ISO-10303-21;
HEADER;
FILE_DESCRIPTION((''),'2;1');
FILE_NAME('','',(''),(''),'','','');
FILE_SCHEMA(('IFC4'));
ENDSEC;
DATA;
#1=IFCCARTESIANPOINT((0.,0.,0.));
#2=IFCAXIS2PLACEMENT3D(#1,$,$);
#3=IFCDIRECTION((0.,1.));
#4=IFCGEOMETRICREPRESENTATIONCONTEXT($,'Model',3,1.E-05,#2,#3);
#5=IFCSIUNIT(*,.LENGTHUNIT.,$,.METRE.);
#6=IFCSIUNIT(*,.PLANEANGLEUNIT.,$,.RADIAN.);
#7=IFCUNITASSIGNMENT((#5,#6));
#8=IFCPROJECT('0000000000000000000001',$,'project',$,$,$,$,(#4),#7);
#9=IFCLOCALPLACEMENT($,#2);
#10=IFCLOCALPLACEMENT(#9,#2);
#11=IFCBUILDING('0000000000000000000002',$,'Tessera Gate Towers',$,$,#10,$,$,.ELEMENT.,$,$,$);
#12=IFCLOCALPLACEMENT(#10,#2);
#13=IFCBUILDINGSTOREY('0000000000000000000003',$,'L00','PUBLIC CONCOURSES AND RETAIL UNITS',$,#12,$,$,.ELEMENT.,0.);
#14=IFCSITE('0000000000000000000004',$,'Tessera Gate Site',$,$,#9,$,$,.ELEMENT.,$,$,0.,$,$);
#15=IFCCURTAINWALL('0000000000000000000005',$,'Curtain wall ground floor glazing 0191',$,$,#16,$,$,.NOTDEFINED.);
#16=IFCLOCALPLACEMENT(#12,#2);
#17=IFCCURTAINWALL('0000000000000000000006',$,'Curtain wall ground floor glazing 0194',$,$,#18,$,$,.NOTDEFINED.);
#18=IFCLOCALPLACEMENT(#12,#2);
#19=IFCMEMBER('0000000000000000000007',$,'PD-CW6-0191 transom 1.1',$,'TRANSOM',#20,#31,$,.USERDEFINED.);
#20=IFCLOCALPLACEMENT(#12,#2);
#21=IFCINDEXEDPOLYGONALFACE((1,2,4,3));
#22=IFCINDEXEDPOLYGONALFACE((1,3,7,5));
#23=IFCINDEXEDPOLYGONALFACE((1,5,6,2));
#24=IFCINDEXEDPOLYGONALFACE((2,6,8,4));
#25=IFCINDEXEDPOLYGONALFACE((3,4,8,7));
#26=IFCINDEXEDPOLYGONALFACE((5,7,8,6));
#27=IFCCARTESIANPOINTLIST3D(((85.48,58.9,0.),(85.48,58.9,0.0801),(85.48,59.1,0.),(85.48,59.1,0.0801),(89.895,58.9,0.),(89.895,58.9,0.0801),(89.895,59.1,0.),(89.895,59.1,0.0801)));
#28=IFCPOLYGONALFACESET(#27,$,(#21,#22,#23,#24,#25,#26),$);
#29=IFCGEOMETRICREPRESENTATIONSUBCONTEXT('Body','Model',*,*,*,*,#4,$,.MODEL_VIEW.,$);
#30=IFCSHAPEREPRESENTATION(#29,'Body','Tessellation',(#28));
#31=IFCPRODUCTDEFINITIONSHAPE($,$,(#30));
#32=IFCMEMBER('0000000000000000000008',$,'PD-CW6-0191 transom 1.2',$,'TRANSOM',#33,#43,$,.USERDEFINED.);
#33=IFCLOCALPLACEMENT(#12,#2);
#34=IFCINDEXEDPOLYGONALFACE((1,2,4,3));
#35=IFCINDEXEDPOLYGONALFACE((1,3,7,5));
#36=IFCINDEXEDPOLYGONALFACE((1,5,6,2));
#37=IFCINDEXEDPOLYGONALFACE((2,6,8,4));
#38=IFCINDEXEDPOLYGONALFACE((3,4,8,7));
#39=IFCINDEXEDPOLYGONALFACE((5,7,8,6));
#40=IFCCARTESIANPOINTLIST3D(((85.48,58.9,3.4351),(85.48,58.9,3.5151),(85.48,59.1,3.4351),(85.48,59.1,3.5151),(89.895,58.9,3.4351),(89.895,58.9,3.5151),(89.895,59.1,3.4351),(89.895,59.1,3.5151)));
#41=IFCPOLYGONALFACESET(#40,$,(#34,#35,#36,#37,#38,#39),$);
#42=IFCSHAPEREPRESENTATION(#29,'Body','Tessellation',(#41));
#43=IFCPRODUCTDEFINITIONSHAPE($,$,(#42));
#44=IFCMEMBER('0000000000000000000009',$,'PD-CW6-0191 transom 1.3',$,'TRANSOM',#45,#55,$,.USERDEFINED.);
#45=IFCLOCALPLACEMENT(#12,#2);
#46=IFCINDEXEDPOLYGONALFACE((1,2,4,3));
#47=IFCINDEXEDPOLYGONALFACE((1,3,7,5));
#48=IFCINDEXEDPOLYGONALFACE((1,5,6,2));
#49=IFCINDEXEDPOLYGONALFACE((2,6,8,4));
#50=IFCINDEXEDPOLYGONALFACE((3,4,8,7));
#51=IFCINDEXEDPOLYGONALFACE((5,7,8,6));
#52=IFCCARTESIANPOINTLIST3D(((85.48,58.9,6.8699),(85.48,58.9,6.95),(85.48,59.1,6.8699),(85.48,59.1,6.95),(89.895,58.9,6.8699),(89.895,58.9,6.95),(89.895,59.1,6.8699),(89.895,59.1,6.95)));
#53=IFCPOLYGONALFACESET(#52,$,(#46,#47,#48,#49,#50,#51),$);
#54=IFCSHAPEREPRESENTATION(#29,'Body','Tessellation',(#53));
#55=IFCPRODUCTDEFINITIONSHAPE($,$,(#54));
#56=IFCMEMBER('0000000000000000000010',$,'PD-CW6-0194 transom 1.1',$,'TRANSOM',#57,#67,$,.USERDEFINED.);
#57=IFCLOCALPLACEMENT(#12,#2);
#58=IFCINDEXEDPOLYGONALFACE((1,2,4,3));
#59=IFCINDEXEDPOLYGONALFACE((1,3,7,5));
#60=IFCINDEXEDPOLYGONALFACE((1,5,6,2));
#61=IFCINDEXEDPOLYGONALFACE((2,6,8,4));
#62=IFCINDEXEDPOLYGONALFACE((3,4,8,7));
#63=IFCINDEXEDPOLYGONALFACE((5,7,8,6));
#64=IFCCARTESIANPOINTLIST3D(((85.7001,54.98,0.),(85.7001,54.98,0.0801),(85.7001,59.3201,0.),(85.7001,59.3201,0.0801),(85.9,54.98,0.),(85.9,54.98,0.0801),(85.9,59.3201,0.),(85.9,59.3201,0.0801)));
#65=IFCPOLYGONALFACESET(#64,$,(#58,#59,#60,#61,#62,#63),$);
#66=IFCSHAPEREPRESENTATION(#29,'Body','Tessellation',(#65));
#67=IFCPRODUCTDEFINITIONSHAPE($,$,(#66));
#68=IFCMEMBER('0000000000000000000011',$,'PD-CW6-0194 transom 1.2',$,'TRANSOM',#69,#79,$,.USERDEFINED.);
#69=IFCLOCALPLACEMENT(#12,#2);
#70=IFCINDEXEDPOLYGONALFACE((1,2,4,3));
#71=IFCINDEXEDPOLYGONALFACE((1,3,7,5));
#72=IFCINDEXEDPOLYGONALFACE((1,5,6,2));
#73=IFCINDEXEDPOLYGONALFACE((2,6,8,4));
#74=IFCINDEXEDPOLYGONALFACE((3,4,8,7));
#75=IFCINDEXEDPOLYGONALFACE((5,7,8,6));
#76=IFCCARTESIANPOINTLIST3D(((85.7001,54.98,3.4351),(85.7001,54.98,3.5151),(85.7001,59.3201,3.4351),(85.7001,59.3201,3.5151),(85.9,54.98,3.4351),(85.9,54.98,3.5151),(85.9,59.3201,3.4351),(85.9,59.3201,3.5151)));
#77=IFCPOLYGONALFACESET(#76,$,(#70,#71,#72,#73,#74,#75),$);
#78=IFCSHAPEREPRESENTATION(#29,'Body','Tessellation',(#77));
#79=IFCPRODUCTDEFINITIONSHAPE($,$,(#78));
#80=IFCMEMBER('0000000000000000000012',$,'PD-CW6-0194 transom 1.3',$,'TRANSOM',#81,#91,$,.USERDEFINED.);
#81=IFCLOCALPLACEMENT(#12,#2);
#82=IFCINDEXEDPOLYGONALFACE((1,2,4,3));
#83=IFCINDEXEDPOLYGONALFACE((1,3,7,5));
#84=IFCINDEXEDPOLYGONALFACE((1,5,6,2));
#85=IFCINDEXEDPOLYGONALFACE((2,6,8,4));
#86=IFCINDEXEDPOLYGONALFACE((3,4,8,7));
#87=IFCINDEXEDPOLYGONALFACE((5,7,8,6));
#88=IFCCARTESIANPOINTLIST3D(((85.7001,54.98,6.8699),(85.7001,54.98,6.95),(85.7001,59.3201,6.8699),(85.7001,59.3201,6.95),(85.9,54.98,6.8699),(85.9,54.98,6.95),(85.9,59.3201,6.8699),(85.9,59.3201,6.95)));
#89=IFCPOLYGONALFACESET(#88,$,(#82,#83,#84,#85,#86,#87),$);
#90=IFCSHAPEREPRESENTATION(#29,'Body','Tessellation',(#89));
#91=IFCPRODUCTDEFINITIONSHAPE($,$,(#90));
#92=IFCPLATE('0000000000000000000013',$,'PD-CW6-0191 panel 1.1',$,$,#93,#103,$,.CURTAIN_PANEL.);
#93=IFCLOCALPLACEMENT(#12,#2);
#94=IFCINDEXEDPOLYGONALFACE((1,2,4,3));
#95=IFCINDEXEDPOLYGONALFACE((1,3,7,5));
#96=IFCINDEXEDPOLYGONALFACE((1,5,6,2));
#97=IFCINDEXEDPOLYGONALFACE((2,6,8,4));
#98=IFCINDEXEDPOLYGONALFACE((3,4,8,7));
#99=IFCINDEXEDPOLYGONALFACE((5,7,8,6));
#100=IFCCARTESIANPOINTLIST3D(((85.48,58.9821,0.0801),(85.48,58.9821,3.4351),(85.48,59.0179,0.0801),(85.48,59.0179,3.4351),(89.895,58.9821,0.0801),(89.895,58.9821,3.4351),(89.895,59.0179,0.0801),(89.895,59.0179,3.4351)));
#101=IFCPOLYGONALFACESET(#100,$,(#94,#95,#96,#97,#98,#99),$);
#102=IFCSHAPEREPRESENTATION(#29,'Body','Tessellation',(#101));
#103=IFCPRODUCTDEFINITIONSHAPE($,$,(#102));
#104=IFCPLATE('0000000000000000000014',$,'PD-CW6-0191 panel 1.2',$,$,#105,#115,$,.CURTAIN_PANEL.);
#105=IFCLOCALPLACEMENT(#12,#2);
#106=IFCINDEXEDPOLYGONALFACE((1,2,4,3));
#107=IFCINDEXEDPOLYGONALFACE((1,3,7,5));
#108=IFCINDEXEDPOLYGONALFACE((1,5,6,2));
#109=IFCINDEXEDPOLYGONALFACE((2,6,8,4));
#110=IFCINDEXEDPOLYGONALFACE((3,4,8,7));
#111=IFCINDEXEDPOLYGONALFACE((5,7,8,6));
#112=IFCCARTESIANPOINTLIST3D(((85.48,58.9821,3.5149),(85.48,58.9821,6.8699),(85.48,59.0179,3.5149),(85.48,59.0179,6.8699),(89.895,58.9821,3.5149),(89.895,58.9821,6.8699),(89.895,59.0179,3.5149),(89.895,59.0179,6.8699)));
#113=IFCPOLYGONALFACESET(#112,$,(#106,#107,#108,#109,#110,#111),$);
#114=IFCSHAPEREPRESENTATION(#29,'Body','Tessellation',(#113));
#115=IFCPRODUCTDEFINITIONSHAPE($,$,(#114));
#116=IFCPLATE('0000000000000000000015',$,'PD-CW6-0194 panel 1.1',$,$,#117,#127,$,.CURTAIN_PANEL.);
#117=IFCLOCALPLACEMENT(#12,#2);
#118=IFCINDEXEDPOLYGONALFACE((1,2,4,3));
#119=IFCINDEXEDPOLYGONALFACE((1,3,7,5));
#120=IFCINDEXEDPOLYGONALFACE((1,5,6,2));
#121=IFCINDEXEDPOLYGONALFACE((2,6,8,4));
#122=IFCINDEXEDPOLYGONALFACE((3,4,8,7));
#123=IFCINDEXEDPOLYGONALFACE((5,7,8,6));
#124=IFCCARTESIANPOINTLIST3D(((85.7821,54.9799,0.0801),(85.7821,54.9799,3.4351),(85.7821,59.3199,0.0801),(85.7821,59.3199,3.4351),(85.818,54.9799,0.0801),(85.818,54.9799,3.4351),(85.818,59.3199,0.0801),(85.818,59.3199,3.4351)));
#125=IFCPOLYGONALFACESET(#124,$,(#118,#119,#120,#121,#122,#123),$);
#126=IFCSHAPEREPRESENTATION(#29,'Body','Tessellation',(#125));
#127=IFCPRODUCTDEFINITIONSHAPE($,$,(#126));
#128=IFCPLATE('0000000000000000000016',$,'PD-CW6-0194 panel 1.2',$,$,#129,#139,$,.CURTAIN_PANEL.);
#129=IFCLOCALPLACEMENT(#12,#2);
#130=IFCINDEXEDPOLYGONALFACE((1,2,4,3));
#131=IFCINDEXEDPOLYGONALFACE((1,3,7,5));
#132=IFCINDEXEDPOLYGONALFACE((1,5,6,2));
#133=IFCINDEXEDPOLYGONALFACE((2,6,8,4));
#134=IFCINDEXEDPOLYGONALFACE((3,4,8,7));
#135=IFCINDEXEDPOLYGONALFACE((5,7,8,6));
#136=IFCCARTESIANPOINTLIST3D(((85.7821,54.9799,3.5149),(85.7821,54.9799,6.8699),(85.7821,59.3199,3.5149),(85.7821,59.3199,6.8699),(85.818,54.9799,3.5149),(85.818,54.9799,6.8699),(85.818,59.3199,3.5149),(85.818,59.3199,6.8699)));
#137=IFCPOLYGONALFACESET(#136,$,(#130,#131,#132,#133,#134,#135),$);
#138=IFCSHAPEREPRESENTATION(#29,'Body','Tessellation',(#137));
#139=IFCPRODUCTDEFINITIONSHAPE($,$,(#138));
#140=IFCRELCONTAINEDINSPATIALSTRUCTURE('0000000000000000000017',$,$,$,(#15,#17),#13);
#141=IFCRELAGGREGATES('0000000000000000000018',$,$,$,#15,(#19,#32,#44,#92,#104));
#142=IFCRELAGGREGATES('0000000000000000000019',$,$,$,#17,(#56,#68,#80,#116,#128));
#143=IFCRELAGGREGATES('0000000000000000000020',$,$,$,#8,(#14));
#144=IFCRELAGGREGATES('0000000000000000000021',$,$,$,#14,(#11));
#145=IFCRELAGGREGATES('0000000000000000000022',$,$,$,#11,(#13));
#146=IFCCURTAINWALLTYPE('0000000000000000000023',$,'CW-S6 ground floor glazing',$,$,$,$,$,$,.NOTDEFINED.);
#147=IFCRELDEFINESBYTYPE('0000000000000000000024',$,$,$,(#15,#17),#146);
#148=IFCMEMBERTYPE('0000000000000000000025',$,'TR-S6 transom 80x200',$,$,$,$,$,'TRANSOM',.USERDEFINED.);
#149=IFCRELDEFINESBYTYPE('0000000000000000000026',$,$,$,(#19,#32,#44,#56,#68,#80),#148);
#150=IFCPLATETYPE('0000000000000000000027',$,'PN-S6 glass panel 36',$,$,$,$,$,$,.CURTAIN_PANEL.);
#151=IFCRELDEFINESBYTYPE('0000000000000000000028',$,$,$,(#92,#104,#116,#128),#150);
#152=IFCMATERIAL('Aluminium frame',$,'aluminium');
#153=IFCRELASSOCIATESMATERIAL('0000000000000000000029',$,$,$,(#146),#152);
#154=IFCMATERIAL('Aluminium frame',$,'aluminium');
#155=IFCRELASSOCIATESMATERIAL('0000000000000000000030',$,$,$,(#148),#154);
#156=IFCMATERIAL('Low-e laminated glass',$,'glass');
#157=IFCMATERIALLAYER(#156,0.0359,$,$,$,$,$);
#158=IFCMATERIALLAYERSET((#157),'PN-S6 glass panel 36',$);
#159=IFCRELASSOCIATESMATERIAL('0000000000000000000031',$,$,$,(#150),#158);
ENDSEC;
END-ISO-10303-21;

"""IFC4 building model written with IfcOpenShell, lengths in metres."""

from ifc_helpers import new_model, si_unit, direction, frame, origin, origin_2d, place, context, subcontext, project, spatial, rectangle, extrude, material, layer, layer_set, material_profile, profile_set, type_object, element, aggregate, save


model = new_model("IFC4")

# Units and contexts
model_context = context("Model", 3, precision=1e-05, world=origin(), true_north=direction((0.0, 1.0)))
body_context = subcontext(model_context, "Body", "Model", "MODEL_VIEW")
ifc_project = project(units=[si_unit("LENGTHUNIT", "METRE"), si_unit("PLANEANGLEUNIT", "RADIAN")], contexts=[model_context])

# Site, building, storey
site_placement = place(None, origin())
site = spatial("IfcSite", under=ifc_project, at=site_placement, Name="Tessera Gate Site", CompositionType="ELEMENT", RefElevation=0.0)
building_placement = place(site_placement, origin())
building = spatial("IfcBuilding", under=site, at=building_placement, Name="Tessera Gate Towers", CompositionType="ELEMENT")
storey_placement = place(building_placement, origin())
storey = spatial("IfcBuildingStorey", under=building, at=storey_placement, Name="L00", Description="PUBLIC CONCOURSES AND RETAIL UNITS", CompositionType="ELEMENT", Elevation=0.0)

# Shared definitions
ifc_material_1 = material(Name="Aluminium frame", Category="aluminium")
curtain_wall_type = type_object("IfcCurtainWallType", Name="CW-S6 ground floor glazing", PredefinedType="NOTDEFINED", material=ifc_material_1)

# Curtain walls
curtain_wall_1_placement = place(storey_placement, origin())
curtain_wall_1 = element("IfcCurtainWall", 1, at=curtain_wall_1_placement, inside=storey, type_object=curtain_wall_type, Name="Curtain wall ground floor glazing 0191", PredefinedType="NOTDEFINED")
curtain_wall_2_placement = place(storey_placement, origin())
curtain_wall_2 = element("IfcCurtainWall", 2, at=curtain_wall_2_placement, inside=storey, type_object=curtain_wall_type, Name="Curtain wall ground floor glazing 0194", PredefinedType="NOTDEFINED")

# Members
ifc_material_2 = material(Name="Aluminium frame", Category="aluminium")
ifc_material_profile_1 = material_profile(ifc_material_2, rectangle(XDim=0.2, YDim=0.0801, at=origin_2d()), Name="AL 80x200")
ifc_profile_set_1 = profile_set([ifc_material_profile_1], Name="Aluminium frame")
member_type_1 = type_object("IfcMemberType", Name="TR-S6 transom 80x200", ElementType="TRANSOM", PredefinedType="USERDEFINED", material=ifc_profile_set_1)
member_1_placement = place(storey_placement, frame((89.895, 59.0, 0.04), z_axis=(-1.0, 0.0, 0.0), x_axis=(0.0, -1.0, 0.0)))
member_1 = element("IfcMember", 3, at=member_1_placement, type_object=member_type_1, Name="PD-CW6-0191 transom 1.1", ObjectType="TRANSOM", PredefinedType="USERDEFINED", context=body_context, shape_type="SweptSolid", body=[
    extrude(rectangle(XDim=0.2, YDim=0.0801, at=origin_2d()), origin(), (0.0, 0.0, 1.0), 4.415),
])
member_2_placement = place(storey_placement, frame((89.895, 59.0, 3.4751), z_axis=(-1.0, 0.0, 0.0), x_axis=(0.0, -1.0, 0.0)))
member_2 = element("IfcMember", 4, at=member_2_placement, type_object=member_type_1, Name="PD-CW6-0191 transom 1.2", ObjectType="TRANSOM", PredefinedType="USERDEFINED", context=body_context, shape_type="SweptSolid", body=[
    extrude(rectangle(XDim=0.2, YDim=0.0801, at=origin_2d()), origin(), (0.0, 0.0, 1.0), 4.415),
])
member_3_placement = place(storey_placement, frame((89.895, 59.0, 6.9099), z_axis=(-1.0, 0.0, 0.0), x_axis=(0.0, -1.0, 0.0)))
member_3 = element("IfcMember", 5, at=member_3_placement, type_object=member_type_1, Name="PD-CW6-0191 transom 1.3", ObjectType="TRANSOM", PredefinedType="USERDEFINED", context=body_context, shape_type="SweptSolid", body=[
    extrude(rectangle(XDim=0.2, YDim=0.0801, at=origin_2d()), origin(), (0.0, 0.0, 1.0), 4.415),
])
member_4_placement = place(storey_placement, frame((85.8, 59.3201, 0.04), z_axis=(0.0, -1.0, 0.0), x_axis=(1.0, 0.0, 0.0)))
member_4 = element("IfcMember", 6, at=member_4_placement, type_object=member_type_1, Name="PD-CW6-0194 transom 1.1", ObjectType="TRANSOM", PredefinedType="USERDEFINED", context=body_context, shape_type="SweptSolid", body=[
    extrude(rectangle(XDim=0.2, YDim=0.0801, at=origin_2d()), origin(), (0.0, 0.0, 1.0), 4.3401),
])
member_5_placement = place(storey_placement, frame((85.8, 59.3201, 3.4751), z_axis=(0.0, -1.0, 0.0), x_axis=(1.0, 0.0, 0.0)))
member_5 = element("IfcMember", 7, at=member_5_placement, type_object=member_type_1, Name="PD-CW6-0194 transom 1.2", ObjectType="TRANSOM", PredefinedType="USERDEFINED", context=body_context, shape_type="SweptSolid", body=[
    extrude(rectangle(XDim=0.2, YDim=0.0801, at=origin_2d()), origin(), (0.0, 0.0, 1.0), 4.3401),
])
member_6_placement = place(storey_placement, frame((85.8, 59.3201, 6.9099), z_axis=(0.0, -1.0, 0.0), x_axis=(1.0, 0.0, 0.0)))
member_6 = element("IfcMember", 8, at=member_6_placement, type_object=member_type_1, Name="PD-CW6-0194 transom 1.3", ObjectType="TRANSOM", PredefinedType="USERDEFINED", context=body_context, shape_type="SweptSolid", body=[
    extrude(rectangle(XDim=0.2, YDim=0.0801, at=origin_2d()), origin(), (0.0, 0.0, 1.0), 4.3401),
])

# Plates
ifc_material_3 = material(Name="Low-e laminated glass", Category="glass")
ifc_layer_1 = layer(ifc_material_3, 0.0359)
ifc_layer_set_1 = layer_set([ifc_layer_1], Name="PN-S6 glass panel 36")
plate_type_1 = type_object("IfcPlateType", Name="PN-S6 glass panel 36", PredefinedType="CURTAIN_PANEL", material=ifc_layer_set_1)
plate_1_placement = place(storey_placement, frame((87.6875, 59.0, 0.0801), z_axis=(0.0, 0.0, 1.0), x_axis=(-1.0, 0.0, 0.0)))
plate_1 = element("IfcPlate", 9, at=plate_1_placement, type_object=plate_type_1, Name="PD-CW6-0191 panel 1.1", PredefinedType="CURTAIN_PANEL", context=body_context, shape_type="SweptSolid", body=[
    extrude(rectangle(XDim=4.415, YDim=0.0359, at=origin_2d()), origin(), (0.0, 0.0, 1.0), 3.355),
])
plate_2_placement = place(storey_placement, frame((87.6875, 59.0, 3.5149), z_axis=(0.0, 0.0, 1.0), x_axis=(-1.0, 0.0, 0.0)))
plate_2 = element("IfcPlate", 10, at=plate_2_placement, type_object=plate_type_1, Name="PD-CW6-0191 panel 1.2", PredefinedType="CURTAIN_PANEL", context=body_context, shape_type="SweptSolid", body=[
    extrude(rectangle(XDim=4.415, YDim=0.0359, at=origin_2d()), origin(), (0.0, 0.0, 1.0), 3.355),
])
aggregate(curtain_wall_1, [member_1, member_2, member_3, plate_1, plate_2])
plate_3_placement = place(storey_placement, frame((85.8, 57.1499, 0.0801), z_axis=(0.0, 0.0, 1.0), x_axis=(0.0, -1.0, 0.0)))
plate_3 = element("IfcPlate", 11, at=plate_3_placement, type_object=plate_type_1, Name="PD-CW6-0194 panel 1.1", PredefinedType="CURTAIN_PANEL", context=body_context, shape_type="SweptSolid", body=[
    extrude(rectangle(XDim=4.3401, YDim=0.0359, at=origin_2d()), origin(), (0.0, 0.0, 1.0), 3.355),
])
plate_4_placement = place(storey_placement, frame((85.8, 57.1499, 3.5149), z_axis=(0.0, 0.0, 1.0), x_axis=(0.0, -1.0, 0.0)))
plate_4 = element("IfcPlate", 12, at=plate_4_placement, type_object=plate_type_1, Name="PD-CW6-0194 panel 1.2", PredefinedType="CURTAIN_PANEL", context=body_context, shape_type="SweptSolid", body=[
    extrude(rectangle(XDim=4.3401, YDim=0.0359, at=origin_2d()), origin(), (0.0, 0.0, 1.0), 3.355),
])
aggregate(curtain_wall_2, [member_4, member_5, member_6, plate_3, plate_4])

save(model, "model.ifc")
